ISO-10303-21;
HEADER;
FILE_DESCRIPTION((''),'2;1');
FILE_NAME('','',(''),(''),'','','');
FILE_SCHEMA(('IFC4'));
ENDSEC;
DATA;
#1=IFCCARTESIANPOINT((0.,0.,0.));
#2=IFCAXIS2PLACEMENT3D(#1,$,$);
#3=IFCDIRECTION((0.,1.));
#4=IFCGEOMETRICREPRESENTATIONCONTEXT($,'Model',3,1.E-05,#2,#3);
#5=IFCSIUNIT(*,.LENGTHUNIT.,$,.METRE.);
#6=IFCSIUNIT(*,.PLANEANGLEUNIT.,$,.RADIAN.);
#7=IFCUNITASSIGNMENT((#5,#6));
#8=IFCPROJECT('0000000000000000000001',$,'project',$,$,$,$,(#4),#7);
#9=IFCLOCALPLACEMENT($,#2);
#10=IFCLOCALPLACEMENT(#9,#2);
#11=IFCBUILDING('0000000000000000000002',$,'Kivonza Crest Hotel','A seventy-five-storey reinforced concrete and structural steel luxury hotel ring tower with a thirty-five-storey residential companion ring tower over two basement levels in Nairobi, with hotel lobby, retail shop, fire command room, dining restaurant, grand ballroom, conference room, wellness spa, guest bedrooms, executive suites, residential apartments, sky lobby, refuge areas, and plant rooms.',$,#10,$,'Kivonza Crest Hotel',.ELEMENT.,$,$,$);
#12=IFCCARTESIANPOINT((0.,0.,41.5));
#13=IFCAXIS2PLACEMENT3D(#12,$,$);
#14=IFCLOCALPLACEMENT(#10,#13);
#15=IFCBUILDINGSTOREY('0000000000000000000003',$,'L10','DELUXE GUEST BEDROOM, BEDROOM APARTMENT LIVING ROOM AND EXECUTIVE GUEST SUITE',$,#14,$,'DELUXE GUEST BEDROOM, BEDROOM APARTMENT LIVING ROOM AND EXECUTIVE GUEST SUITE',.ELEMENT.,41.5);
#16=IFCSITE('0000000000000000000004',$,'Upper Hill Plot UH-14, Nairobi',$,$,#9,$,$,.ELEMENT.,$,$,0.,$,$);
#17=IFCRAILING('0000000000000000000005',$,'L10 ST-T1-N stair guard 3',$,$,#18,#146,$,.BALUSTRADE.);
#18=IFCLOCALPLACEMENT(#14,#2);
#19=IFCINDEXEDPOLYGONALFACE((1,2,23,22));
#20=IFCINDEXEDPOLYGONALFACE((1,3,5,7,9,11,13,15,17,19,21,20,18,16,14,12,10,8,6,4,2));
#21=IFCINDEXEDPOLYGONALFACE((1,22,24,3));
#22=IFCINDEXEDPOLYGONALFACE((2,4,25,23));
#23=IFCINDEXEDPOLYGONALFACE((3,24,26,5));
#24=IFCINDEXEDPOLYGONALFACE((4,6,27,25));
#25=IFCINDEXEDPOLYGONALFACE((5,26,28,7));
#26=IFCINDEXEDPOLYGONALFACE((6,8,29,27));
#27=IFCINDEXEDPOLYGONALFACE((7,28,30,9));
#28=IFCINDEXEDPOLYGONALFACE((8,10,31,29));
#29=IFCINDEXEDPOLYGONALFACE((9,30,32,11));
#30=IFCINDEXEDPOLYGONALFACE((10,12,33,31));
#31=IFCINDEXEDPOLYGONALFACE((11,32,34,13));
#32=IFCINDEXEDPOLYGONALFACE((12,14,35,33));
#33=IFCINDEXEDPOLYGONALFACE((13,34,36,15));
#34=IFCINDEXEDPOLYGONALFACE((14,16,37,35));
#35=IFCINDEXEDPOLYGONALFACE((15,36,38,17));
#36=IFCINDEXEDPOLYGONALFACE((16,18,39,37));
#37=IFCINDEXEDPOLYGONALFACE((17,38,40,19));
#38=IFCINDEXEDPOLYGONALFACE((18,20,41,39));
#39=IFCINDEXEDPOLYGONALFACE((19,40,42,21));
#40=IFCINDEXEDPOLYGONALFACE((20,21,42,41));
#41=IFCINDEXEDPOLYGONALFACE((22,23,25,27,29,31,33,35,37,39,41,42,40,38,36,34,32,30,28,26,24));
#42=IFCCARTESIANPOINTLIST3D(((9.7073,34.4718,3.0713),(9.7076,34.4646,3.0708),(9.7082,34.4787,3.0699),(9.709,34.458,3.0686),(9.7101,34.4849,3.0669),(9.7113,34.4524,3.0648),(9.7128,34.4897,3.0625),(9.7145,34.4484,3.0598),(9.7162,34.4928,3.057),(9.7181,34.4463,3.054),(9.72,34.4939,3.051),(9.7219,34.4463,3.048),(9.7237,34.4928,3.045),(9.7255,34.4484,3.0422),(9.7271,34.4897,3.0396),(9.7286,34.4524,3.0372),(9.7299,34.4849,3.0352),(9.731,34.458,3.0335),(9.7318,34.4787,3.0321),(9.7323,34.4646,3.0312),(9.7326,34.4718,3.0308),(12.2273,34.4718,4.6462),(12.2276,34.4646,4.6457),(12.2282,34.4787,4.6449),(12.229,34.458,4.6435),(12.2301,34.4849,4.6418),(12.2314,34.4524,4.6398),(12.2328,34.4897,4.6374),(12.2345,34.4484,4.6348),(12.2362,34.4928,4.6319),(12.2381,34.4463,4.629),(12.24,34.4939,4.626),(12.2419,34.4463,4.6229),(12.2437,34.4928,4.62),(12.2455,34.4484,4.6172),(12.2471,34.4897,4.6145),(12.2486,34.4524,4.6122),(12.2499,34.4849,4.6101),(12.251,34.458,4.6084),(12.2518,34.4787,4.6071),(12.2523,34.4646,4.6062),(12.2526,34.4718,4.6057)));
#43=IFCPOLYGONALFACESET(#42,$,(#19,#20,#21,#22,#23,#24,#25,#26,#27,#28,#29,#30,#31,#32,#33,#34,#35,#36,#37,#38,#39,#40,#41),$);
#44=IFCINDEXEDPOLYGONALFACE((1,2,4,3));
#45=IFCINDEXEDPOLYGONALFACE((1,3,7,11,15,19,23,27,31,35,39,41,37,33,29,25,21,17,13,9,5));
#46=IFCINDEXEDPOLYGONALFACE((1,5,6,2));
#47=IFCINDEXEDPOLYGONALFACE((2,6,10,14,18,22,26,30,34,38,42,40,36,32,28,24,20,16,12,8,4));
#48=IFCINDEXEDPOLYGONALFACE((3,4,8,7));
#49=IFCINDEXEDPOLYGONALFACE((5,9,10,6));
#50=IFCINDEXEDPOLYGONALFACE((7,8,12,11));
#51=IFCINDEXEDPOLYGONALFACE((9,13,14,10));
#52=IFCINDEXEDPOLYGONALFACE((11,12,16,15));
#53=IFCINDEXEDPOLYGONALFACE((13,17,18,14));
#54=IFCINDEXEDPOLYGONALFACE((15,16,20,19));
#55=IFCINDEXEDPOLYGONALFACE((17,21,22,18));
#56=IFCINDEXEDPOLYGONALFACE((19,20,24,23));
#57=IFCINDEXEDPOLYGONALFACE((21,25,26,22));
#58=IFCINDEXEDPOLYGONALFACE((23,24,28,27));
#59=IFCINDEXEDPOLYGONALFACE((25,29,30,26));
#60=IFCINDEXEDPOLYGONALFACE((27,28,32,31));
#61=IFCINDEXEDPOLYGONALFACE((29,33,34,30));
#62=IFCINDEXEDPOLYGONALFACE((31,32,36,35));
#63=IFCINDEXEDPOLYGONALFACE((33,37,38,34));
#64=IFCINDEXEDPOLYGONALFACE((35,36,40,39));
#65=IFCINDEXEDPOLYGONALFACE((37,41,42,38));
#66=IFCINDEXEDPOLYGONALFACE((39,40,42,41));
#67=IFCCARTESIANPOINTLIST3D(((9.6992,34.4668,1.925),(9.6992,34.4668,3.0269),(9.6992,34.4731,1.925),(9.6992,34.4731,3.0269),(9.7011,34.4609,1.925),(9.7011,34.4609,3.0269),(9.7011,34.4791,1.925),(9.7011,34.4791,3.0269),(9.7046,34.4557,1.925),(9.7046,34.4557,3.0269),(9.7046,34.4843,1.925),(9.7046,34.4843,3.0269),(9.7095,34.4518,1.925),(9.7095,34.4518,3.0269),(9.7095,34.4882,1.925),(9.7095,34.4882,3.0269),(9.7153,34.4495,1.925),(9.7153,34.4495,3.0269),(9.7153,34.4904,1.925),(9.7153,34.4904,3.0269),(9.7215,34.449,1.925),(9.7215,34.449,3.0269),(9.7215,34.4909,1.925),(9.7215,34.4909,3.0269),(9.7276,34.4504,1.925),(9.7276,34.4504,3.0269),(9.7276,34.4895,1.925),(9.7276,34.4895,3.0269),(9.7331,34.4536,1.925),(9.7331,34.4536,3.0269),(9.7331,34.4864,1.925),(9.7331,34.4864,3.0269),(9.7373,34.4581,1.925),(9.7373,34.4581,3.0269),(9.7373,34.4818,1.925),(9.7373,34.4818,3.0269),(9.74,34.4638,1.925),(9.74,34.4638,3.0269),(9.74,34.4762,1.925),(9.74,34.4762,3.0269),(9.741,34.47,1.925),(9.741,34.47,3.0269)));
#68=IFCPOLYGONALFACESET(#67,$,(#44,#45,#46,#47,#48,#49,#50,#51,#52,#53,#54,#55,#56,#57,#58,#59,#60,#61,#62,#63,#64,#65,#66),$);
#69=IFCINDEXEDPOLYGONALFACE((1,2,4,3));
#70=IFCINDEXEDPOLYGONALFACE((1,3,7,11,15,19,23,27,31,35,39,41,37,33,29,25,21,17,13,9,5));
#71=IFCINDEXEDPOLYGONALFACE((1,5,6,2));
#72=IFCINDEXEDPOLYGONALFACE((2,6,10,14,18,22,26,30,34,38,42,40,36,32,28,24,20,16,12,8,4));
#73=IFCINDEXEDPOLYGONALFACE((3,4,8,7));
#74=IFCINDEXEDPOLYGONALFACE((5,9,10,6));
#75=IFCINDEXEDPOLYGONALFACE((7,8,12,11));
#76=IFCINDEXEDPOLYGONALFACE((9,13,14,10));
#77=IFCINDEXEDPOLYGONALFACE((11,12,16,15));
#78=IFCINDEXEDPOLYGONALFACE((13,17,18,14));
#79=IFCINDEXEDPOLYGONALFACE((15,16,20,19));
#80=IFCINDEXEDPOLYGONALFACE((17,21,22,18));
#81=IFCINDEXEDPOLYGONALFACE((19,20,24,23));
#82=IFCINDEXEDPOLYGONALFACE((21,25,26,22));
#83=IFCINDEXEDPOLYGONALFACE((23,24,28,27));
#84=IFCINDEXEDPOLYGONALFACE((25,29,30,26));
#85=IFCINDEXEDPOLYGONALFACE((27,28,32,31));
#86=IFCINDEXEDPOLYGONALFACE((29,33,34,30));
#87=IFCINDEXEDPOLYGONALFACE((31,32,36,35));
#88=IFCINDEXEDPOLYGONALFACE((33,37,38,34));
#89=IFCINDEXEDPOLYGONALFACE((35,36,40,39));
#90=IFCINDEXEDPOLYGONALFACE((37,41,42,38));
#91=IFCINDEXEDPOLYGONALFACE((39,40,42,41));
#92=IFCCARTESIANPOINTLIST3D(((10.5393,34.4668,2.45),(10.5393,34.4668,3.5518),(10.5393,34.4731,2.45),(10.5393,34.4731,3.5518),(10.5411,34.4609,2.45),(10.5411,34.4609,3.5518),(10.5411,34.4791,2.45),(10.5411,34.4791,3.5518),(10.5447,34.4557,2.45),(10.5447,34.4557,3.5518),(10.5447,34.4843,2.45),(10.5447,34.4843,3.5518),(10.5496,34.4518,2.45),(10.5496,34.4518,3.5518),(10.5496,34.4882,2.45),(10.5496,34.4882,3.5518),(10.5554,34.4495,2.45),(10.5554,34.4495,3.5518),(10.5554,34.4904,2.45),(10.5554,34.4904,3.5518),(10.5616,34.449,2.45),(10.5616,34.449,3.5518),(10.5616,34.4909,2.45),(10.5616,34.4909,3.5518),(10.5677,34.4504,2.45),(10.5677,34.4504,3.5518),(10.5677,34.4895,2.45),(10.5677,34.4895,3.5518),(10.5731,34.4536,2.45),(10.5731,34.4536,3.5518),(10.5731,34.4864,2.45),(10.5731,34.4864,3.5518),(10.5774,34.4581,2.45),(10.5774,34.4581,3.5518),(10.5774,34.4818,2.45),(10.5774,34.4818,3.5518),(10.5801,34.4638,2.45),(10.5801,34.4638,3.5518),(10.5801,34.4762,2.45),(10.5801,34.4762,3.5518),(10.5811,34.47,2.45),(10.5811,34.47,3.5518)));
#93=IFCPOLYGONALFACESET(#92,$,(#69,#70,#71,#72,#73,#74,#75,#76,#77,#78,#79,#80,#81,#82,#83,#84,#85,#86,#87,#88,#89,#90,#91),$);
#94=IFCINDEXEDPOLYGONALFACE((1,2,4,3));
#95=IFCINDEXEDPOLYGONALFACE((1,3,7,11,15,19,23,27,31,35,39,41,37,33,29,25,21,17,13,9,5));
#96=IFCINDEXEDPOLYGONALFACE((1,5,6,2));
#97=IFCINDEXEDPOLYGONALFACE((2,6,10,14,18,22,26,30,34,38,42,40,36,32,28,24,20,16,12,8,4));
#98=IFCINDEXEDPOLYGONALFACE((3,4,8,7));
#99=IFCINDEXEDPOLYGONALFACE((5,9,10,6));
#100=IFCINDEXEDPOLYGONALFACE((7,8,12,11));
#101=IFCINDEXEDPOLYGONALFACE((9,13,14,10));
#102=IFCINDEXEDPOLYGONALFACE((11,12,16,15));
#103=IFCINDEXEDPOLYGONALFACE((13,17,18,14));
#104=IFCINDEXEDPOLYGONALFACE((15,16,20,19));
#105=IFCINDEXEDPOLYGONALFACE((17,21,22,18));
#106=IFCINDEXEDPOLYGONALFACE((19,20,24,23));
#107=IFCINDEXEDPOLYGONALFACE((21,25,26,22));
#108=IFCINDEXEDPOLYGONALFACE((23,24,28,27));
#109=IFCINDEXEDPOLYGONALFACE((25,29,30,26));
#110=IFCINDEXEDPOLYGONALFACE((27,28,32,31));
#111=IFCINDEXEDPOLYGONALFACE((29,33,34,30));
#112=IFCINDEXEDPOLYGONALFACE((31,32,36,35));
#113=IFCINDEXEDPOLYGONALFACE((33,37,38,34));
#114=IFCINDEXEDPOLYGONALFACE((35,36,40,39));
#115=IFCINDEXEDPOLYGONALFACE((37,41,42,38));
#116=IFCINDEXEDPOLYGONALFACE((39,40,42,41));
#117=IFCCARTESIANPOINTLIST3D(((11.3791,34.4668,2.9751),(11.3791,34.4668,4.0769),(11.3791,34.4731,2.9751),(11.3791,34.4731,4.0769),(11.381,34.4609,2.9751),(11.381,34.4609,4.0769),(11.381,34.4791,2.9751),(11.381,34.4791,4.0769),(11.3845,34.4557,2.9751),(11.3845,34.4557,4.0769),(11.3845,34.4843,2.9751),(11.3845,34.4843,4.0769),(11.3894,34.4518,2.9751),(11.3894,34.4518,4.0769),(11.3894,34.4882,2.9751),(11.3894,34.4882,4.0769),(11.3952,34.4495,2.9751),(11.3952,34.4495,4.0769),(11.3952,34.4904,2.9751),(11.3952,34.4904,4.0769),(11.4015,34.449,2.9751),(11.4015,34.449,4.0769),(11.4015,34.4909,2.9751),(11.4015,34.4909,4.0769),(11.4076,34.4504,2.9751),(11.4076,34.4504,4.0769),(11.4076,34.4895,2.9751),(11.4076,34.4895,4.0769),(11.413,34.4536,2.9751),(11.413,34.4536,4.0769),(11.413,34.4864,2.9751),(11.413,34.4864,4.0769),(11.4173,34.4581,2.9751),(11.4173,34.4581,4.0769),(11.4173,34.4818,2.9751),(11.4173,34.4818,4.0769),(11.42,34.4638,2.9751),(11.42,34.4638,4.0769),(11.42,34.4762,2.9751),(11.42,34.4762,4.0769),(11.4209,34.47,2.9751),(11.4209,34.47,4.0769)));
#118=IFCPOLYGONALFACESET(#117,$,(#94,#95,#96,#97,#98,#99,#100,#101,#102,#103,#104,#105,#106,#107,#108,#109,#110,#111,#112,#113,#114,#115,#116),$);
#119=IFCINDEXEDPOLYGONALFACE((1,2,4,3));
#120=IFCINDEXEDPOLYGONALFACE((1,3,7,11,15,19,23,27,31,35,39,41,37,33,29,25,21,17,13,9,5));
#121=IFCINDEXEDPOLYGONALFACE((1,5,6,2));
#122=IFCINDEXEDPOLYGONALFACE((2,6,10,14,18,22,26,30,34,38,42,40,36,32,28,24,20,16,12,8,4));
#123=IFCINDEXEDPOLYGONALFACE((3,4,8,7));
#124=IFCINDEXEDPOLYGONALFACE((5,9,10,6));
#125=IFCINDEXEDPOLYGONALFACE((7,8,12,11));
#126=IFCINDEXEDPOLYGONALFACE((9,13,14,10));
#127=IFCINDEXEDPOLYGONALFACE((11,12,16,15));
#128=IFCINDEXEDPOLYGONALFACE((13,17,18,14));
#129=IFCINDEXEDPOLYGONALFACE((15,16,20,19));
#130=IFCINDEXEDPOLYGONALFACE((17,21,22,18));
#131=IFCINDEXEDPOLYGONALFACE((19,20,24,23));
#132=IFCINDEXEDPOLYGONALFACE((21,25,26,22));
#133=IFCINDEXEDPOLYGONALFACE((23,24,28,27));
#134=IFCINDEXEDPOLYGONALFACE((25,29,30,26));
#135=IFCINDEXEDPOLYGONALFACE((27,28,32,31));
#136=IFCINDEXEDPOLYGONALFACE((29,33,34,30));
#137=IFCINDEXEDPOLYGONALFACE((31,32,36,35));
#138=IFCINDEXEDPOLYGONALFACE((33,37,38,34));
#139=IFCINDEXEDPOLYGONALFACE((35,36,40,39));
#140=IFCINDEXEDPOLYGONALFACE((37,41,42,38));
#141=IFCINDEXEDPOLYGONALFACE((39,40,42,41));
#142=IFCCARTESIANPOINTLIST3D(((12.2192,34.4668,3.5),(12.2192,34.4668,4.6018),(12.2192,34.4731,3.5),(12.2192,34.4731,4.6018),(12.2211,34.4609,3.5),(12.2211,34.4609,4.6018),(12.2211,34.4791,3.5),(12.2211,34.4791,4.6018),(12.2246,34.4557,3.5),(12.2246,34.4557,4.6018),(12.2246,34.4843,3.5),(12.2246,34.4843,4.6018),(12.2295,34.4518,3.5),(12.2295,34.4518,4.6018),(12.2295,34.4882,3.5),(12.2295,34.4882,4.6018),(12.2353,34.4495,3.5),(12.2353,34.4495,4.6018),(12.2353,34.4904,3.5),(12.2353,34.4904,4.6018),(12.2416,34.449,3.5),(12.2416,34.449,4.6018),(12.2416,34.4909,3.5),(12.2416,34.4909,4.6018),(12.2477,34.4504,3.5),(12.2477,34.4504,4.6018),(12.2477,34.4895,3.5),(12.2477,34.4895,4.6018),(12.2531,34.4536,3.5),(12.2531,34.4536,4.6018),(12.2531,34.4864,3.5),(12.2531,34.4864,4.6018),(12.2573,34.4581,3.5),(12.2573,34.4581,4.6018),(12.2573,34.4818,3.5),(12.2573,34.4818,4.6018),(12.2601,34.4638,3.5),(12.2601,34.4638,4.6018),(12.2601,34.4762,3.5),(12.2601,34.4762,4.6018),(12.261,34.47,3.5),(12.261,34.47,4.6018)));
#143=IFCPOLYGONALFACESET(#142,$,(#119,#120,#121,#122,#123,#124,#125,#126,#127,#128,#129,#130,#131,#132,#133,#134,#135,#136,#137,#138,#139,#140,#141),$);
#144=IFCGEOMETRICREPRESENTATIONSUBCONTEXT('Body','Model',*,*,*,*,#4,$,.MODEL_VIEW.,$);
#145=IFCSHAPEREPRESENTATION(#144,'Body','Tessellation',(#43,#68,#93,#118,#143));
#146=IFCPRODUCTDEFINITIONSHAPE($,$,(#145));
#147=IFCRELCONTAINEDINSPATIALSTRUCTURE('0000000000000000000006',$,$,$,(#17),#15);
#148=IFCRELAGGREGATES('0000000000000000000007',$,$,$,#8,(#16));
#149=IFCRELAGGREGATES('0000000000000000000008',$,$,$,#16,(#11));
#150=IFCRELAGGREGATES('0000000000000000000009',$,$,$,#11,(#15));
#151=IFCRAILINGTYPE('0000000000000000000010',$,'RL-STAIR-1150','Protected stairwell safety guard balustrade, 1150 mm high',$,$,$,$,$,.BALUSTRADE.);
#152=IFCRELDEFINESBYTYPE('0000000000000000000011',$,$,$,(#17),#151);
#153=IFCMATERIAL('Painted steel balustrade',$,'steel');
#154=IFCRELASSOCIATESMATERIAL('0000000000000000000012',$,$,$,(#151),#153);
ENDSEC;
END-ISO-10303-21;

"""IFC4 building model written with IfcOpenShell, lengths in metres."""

from ifc_helpers import new_model, si_unit, direction, frame, origin, origin_2d, place, context, subcontext, project, spatial, circle, extrude, material, type_object, element, save


model = new_model("IFC4")

# Units and contexts
model_context = context("Model", 3, precision=1e-05, world=origin(), true_north=direction((0.0, 1.0)))
body_context = subcontext(model_context, "Body", "Model", "MODEL_VIEW")
ifc_project = project(units=[si_unit("LENGTHUNIT", "METRE"), si_unit("PLANEANGLEUNIT", "RADIAN")], contexts=[model_context])

# Site, building, storey
site_placement = place(None, origin())
site = spatial("IfcSite", under=ifc_project, at=site_placement, Name="Upper Hill Plot UH-14, Nairobi", CompositionType="ELEMENT", RefElevation=0.0)
building_placement = place(site_placement, origin())
building = spatial("IfcBuilding", under=site, at=building_placement, Name="Kivonza Crest Hotel", Description="A seventy-five-storey reinforced concrete and structural steel luxury hotel ring tower with a thirty-five-storey residential companion ring tower over two basement levels in Nairobi, with hotel lobby, retail shop, fire command room, dining restaurant, grand ballroom, conference room, wellness spa, guest bedrooms, executive suites, residential apartments, sky lobby, refuge areas, and plant rooms.", LongName="Kivonza Crest Hotel", CompositionType="ELEMENT")
storey_placement = place(building_placement, frame((0.0, 0.0, 41.5)))
storey = spatial("IfcBuildingStorey", under=building, at=storey_placement, Name="L10", Description="DELUXE GUEST BEDROOM, BEDROOM APARTMENT LIVING ROOM AND EXECUTIVE GUEST SUITE", LongName="DELUXE GUEST BEDROOM, BEDROOM APARTMENT LIVING ROOM AND EXECUTIVE GUEST SUITE", CompositionType="ELEMENT", Elevation=41.5)

# Railing
ifc_material_1 = material(Name="Painted steel balustrade", Category="steel")
railing_type_1 = type_object("IfcRailingType", Name="RL-STAIR-1150", Description="Protected stairwell safety guard balustrade, 1150 mm high", PredefinedType="BALUSTRADE", material=ifc_material_1)
railing_1_placement = place(storey_placement, frame((9.72, 34.47, 1.925)))
element("IfcRailing", 1, at=railing_1_placement, inside=storey, type_object=railing_type_1, Name="L10 ST-T1-N stair guard 3", PredefinedType="BALUSTRADE", context=body_context, shape_type="SweptSolid", body=[
    extrude(circle(Radius=0.0239, at=origin_2d()), frame((0.0, 0.0, 1.126), z_axis=(0.848008, 0.0, 0.529984), x_axis=(0.0, 1.0, 0.0)), (0.0, 0.0, 1.0), 2.9717),
    extrude(circle(Radius=0.021, at=origin_2d()), origin(), (0.0, 0.0, 1.0), 1.1018),
    extrude(circle(Radius=0.021, at=origin_2d()), frame((0.8401, 0.0, 0.5249)), (0.0, 0.0, 1.0), 1.1018),
    extrude(circle(Radius=0.021, at=origin_2d()), frame((1.6799, 0.0, 1.05)), (0.0, 0.0, 1.0), 1.1018),
    extrude(circle(Radius=0.021, at=origin_2d()), frame((2.52, 0.0, 1.575)), (0.0, 0.0, 1.0), 1.1018),
])

save(model, "model.ifc")
